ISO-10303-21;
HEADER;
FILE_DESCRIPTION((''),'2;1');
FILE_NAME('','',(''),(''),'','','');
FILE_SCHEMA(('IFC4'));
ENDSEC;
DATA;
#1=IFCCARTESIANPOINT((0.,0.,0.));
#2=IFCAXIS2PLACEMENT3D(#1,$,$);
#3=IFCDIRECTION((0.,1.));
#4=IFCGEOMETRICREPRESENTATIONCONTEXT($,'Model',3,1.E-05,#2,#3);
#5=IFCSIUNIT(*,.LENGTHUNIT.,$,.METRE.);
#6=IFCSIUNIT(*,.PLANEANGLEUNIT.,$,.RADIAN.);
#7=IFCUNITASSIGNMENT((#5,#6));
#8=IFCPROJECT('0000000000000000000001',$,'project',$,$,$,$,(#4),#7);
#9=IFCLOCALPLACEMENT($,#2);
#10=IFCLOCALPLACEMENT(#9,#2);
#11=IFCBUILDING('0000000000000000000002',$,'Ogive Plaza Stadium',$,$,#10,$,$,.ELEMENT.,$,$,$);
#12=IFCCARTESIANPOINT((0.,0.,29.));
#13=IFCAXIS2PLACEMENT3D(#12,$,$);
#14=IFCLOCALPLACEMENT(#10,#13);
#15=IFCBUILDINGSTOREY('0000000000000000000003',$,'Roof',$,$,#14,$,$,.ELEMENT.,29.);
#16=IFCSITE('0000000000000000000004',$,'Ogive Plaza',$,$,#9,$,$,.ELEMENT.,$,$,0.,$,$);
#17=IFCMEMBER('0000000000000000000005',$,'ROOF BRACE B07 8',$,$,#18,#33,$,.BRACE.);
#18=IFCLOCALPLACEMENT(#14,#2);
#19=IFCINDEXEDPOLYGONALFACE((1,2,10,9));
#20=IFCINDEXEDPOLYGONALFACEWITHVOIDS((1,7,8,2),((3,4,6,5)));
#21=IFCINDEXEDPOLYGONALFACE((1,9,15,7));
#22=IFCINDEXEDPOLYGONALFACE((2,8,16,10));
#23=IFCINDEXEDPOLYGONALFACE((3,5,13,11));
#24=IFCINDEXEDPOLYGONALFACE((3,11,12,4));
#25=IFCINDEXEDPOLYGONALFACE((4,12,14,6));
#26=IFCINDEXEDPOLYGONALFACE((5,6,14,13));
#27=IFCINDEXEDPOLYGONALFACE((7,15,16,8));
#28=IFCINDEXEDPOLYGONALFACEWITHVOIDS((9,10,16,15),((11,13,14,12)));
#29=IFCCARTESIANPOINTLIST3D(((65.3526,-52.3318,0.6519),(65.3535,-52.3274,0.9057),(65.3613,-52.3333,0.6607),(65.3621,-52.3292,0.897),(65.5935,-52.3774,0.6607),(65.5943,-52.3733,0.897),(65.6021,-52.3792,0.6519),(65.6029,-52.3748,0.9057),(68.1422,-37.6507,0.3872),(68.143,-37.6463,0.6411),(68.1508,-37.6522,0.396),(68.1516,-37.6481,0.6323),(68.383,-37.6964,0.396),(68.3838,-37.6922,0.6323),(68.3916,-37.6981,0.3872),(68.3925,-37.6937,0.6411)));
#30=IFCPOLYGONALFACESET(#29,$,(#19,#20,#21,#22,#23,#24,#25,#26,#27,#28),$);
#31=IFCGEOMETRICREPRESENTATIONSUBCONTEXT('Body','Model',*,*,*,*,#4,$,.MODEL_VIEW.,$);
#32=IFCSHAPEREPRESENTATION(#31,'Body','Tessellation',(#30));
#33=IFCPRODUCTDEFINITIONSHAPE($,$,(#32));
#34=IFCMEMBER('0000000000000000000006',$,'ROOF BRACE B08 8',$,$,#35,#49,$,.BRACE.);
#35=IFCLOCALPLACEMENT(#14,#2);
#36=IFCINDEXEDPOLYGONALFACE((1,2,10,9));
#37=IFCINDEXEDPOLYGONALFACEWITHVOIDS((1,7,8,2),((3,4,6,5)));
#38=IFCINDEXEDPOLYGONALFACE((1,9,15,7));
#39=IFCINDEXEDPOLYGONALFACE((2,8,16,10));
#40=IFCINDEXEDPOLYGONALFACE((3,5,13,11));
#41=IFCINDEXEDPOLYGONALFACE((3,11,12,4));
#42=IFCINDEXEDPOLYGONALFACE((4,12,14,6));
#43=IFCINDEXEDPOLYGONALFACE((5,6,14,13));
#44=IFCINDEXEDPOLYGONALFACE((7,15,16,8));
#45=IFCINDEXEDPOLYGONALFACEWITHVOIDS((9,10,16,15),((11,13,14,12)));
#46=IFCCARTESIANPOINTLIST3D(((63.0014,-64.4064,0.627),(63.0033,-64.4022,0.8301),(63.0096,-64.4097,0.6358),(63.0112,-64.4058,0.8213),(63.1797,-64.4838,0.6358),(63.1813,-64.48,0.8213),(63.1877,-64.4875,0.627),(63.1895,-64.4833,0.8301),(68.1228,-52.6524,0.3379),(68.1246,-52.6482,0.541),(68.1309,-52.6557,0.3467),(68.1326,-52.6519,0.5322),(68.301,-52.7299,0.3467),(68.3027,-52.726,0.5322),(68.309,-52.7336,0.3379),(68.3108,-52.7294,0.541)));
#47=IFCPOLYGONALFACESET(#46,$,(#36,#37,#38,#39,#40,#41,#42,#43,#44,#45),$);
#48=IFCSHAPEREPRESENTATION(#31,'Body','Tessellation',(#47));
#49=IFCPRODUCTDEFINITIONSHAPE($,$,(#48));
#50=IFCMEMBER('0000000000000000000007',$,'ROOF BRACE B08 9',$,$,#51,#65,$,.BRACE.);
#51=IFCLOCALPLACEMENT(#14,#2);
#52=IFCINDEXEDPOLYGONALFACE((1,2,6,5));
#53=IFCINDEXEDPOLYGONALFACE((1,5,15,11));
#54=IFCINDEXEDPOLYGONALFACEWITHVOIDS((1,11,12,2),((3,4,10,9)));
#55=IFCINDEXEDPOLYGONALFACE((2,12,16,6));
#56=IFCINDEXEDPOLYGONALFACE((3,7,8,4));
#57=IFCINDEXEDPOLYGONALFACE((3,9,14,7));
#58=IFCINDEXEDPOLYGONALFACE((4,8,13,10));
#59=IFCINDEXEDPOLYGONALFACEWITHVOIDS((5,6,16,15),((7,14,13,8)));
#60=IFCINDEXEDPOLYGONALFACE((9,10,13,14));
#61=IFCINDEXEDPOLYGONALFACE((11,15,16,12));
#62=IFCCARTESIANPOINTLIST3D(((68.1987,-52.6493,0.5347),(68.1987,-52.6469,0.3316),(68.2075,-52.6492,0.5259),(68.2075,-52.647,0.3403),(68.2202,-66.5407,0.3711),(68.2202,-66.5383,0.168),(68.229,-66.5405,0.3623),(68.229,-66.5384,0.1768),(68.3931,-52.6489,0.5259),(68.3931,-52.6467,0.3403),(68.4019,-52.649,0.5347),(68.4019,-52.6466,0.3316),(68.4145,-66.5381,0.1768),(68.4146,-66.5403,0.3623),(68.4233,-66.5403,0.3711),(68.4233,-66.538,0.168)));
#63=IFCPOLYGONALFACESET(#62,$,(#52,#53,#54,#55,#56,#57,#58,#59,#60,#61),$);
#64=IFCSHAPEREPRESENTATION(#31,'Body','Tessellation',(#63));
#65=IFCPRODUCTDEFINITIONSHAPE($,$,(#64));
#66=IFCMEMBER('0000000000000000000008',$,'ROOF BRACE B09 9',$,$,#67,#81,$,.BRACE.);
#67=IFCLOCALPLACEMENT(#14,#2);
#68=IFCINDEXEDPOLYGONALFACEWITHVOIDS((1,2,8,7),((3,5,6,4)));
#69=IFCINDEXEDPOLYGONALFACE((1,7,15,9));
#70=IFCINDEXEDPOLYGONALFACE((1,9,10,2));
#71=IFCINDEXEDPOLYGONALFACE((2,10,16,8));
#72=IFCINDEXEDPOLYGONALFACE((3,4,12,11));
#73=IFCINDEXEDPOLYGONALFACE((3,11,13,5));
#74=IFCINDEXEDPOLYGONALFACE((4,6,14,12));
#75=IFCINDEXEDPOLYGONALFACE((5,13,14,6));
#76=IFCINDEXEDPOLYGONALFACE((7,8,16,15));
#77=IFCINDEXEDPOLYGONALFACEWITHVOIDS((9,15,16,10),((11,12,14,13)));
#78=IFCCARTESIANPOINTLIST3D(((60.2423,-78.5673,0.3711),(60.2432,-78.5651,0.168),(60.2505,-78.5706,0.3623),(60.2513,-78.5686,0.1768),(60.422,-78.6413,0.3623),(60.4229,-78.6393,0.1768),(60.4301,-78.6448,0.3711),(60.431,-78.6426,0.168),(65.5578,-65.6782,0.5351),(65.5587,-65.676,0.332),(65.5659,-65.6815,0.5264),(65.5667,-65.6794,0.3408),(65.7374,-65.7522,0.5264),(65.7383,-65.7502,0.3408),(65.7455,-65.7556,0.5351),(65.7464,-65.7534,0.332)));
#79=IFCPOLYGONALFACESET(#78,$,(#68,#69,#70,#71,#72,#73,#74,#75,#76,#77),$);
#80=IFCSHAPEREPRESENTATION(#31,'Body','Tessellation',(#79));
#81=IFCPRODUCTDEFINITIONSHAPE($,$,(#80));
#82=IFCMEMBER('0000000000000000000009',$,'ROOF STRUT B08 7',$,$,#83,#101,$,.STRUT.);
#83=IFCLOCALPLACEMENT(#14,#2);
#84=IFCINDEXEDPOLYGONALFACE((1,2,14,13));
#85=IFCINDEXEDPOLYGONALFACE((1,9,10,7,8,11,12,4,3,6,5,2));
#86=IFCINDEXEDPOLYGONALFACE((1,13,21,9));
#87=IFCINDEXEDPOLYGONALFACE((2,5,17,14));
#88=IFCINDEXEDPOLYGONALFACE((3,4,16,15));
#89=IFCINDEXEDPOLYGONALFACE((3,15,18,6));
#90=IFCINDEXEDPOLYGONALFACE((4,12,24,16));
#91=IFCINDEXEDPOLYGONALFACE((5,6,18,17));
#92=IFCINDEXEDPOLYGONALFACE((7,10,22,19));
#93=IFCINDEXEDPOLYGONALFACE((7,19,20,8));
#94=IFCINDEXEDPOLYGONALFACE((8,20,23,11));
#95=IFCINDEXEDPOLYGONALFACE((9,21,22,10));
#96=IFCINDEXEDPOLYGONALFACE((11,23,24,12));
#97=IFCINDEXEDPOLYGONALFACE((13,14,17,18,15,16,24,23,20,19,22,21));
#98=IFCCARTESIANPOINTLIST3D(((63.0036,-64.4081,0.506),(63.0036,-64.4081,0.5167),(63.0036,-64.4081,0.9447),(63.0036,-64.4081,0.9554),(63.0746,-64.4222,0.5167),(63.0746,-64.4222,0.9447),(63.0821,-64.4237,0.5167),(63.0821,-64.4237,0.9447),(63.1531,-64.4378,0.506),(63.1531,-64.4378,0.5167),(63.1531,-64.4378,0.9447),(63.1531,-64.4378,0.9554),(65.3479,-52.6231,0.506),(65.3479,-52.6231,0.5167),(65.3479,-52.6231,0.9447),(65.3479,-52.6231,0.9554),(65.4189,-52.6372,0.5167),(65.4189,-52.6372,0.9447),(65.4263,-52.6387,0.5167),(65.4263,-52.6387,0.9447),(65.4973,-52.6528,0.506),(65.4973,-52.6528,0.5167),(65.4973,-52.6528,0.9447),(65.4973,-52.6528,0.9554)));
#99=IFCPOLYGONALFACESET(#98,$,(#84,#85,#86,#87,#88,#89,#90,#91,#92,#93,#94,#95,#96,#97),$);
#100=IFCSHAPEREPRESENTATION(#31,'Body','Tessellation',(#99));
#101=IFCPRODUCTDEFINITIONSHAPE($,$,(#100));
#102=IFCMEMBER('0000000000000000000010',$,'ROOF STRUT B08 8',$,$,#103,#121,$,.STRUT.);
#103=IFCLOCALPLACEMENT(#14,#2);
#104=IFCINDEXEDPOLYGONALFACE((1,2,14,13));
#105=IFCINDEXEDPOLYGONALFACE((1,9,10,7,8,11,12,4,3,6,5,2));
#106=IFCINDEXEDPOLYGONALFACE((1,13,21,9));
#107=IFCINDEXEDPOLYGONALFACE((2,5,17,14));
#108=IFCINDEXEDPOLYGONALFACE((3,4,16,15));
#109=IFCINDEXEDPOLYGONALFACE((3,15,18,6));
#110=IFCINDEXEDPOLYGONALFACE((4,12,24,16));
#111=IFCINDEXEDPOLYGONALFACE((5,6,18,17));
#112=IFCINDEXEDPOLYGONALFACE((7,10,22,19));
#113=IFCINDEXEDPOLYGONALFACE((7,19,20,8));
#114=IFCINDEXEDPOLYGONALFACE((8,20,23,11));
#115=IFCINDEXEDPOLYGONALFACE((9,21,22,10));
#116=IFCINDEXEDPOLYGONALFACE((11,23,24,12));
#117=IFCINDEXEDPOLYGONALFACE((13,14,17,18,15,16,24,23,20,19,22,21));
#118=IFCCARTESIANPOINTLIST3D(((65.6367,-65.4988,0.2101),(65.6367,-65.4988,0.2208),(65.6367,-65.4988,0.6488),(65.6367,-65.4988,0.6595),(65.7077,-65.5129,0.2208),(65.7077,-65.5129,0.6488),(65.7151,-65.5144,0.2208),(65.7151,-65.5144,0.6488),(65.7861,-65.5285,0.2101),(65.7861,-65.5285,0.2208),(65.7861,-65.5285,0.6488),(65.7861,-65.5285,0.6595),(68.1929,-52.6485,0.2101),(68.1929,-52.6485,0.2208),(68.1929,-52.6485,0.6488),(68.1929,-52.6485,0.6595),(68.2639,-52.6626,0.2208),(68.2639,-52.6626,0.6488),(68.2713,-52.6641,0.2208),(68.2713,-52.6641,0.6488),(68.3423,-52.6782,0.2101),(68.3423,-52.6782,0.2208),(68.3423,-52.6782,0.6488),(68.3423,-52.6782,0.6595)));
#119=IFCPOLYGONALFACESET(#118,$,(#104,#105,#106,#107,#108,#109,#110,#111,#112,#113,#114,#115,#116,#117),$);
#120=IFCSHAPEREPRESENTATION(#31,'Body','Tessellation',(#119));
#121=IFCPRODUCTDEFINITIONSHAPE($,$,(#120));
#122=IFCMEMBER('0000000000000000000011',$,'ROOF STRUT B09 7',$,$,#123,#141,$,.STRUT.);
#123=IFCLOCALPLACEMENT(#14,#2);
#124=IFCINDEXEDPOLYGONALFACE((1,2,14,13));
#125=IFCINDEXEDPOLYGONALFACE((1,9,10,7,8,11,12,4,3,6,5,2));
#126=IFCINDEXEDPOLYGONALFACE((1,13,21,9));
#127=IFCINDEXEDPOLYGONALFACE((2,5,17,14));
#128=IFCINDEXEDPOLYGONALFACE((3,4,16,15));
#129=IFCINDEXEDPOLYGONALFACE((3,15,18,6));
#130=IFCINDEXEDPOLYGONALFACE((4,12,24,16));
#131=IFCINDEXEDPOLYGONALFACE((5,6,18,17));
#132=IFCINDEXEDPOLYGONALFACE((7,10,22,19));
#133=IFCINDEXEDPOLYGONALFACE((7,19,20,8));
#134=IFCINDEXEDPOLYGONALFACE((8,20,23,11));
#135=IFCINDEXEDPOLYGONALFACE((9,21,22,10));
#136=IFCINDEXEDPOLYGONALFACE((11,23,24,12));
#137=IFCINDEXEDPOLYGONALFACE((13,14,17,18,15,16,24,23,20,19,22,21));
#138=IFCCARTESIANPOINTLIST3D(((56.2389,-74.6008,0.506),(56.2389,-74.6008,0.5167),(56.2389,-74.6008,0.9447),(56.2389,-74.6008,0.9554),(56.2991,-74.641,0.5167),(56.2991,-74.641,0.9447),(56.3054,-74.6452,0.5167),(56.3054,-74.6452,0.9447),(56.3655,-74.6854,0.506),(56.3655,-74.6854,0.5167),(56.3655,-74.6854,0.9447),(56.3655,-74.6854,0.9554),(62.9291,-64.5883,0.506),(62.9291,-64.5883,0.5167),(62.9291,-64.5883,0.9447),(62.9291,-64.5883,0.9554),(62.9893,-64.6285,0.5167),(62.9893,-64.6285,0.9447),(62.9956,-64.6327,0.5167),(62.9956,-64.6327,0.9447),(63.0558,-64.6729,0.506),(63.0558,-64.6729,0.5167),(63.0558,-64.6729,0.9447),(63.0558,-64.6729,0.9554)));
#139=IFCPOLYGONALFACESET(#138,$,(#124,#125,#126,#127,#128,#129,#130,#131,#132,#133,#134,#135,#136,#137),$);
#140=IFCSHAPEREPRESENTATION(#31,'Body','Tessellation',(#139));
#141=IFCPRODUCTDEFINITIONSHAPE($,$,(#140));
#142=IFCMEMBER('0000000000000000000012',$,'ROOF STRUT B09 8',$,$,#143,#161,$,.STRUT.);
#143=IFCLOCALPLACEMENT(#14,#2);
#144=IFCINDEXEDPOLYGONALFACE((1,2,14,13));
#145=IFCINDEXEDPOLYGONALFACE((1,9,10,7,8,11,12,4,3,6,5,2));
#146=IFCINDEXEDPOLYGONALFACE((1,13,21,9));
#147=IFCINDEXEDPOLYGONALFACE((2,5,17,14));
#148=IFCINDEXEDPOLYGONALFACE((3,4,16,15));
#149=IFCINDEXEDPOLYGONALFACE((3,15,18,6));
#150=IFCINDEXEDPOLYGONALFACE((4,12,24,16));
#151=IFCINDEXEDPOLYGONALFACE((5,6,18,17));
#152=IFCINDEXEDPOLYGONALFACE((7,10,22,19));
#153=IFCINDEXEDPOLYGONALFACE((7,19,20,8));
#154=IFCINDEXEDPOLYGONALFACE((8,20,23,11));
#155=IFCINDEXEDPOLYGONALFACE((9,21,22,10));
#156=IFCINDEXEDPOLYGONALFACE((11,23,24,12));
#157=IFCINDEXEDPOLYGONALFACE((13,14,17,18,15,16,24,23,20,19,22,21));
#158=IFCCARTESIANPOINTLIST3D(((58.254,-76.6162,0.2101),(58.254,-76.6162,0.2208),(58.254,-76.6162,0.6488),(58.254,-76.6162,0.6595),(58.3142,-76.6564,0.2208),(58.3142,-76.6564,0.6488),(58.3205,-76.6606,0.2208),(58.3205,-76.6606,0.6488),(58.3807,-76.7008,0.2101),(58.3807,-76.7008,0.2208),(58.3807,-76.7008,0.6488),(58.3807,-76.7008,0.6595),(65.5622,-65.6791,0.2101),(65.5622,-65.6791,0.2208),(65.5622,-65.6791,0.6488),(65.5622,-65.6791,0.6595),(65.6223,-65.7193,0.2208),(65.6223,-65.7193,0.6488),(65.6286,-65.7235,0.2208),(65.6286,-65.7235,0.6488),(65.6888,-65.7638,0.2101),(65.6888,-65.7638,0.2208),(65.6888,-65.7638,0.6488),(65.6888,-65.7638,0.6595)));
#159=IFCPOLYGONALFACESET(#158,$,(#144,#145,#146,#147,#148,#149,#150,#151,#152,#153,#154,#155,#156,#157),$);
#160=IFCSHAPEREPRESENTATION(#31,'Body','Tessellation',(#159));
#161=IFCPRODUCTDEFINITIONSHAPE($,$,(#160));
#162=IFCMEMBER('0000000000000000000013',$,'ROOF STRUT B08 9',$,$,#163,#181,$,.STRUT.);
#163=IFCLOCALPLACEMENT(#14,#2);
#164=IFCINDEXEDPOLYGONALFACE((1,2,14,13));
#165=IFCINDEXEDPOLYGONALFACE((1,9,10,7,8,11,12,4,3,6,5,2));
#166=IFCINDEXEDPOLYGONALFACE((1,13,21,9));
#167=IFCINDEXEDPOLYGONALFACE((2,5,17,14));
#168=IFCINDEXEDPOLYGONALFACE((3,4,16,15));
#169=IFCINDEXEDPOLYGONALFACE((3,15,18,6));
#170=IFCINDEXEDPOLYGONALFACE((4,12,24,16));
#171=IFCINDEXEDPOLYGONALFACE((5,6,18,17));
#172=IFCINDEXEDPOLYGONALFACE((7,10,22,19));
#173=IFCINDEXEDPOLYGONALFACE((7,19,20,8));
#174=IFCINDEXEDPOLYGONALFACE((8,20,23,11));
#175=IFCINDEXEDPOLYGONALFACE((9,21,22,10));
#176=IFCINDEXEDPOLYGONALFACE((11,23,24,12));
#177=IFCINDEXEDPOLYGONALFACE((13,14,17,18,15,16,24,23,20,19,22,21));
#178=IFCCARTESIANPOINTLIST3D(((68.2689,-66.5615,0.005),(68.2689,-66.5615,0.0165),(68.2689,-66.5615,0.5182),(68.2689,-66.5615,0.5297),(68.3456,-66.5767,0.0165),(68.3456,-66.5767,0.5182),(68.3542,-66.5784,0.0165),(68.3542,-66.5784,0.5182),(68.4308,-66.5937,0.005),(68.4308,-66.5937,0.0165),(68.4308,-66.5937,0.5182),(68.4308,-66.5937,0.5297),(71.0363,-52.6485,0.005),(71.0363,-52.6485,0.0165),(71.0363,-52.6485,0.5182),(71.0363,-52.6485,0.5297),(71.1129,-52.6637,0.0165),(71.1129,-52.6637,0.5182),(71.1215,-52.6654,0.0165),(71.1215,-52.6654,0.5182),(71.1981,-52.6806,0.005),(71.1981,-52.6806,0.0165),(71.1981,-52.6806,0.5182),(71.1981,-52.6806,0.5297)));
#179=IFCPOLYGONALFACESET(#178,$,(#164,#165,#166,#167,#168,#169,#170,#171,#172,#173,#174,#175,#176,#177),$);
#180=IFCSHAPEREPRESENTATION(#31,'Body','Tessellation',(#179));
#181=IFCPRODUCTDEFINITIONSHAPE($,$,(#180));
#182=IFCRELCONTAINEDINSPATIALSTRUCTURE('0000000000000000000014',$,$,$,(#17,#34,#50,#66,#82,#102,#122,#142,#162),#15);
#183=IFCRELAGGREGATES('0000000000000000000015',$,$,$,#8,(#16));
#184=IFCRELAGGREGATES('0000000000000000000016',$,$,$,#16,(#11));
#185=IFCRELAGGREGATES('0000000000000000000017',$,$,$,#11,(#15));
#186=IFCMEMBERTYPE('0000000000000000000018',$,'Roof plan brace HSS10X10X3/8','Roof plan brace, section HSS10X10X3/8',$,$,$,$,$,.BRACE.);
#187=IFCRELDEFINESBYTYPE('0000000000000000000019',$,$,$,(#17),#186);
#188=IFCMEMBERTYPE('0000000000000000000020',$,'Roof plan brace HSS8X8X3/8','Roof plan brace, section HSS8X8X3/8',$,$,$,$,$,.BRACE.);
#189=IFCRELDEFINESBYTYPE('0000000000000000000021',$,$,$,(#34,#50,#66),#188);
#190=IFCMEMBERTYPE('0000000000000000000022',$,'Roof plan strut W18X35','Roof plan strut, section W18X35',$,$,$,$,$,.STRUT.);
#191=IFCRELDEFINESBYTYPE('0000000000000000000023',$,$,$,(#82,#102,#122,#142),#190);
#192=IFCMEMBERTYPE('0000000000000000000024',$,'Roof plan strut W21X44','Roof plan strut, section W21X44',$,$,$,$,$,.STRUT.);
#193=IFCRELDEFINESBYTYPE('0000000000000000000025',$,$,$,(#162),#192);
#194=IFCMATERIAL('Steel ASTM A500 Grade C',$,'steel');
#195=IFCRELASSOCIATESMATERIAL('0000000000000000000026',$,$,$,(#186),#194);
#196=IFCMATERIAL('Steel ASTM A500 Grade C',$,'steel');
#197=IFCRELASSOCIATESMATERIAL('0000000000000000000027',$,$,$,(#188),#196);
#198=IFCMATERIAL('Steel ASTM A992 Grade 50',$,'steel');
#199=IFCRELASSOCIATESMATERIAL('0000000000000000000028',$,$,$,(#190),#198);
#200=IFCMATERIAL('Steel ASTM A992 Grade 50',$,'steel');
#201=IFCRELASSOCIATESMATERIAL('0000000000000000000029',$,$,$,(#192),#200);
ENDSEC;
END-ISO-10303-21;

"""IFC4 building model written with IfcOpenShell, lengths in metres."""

from ifc_helpers import new_model, si_unit, direction, frame, origin, origin_2d, place, context, subcontext, project, spatial, hollow_rectangle, i_section, extrude, material, material_profile, profile_set, type_object, element, save


model = new_model("IFC4")

# Units and contexts
model_context = context("Model", 3, precision=1e-05, world=origin(), true_north=direction((0.0, 1.0)))
body_context = subcontext(model_context, "Body", "Model", "MODEL_VIEW")
ifc_project = project(units=[si_unit("LENGTHUNIT", "METRE"), si_unit("PLANEANGLEUNIT", "RADIAN")], contexts=[model_context])

# Site, building, storey
site_placement = place(None, origin())
site = spatial("IfcSite", under=ifc_project, at=site_placement, Name="Ogive Plaza", CompositionType="ELEMENT", RefElevation=0.0)
building_placement = place(site_placement, origin())
building = spatial("IfcBuilding", under=site, at=building_placement, Name="Ogive Plaza Stadium", CompositionType="ELEMENT")
storey_placement = place(building_placement, frame((0.0, 0.0, 29.0)))
storey = spatial("IfcBuildingStorey", under=building, at=storey_placement, Name="Roof", CompositionType="ELEMENT", Elevation=29.0)

# Members
ifc_material_1 = material(Name="Steel ASTM A500 Grade C", Category="steel")
ifc_material_profile_1 = material_profile(ifc_material_1, hollow_rectangle(XDim=0.2539, YDim=0.2539, WallThickness=0.0088, at=origin_2d()), Name="HSS10X10X3/8")
ifc_profile_set_1 = profile_set([ifc_material_profile_1], Name="Steel ASTM A500 Grade C")
member_type_1 = type_object("IfcMemberType", Name="Roof plan brace HSS10X10X3/8", Description="Roof plan brace, section HSS10X10X3/8", PredefinedType="BRACE", material=ifc_profile_set_1)
member_1_placement = place(storey_placement, frame((65.4778, -52.3533, 0.7788), z_axis=(0.18664, 0.982269, -0.017707), x_axis=(-0.982423, 0.186669, 0.0)))
element("IfcMember", 1, at=member_1_placement, inside=storey, type_object=member_type_1, Name="ROOF BRACE B07 8", PredefinedType="BRACE", context=body_context, shape_type="SweptSolid", body=[
    extrude(hollow_rectangle(XDim=0.2539, YDim=0.2539, WallThickness=0.0088, at=origin_2d()), origin(), (0.0, 0.0, 1.0), 14.946),
])
ifc_material_2 = material(Name="Steel ASTM A500 Grade C", Category="steel")
ifc_material_profile_2 = material_profile(ifc_material_2, hollow_rectangle(XDim=0.2031, YDim=0.2031, WallThickness=0.0088, at=origin_2d()), Name="HSS8X8X3/8")
ifc_profile_set_2 = profile_set([ifc_material_profile_2], Name="Steel ASTM A500 Grade C")
member_type_2 = type_object("IfcMemberType", Name="Roof plan brace HSS8X8X3/8", Description="Roof plan brace, section HSS8X8X3/8", PredefinedType="BRACE", material=ifc_profile_set_2)
member_2_placement = place(storey_placement, frame((63.0955, -64.4448, 0.7285), z_axis=(0.399342, 0.916525, -0.02254), x_axis=(-0.916758, 0.399444, 0.0)))
element("IfcMember", 2, at=member_2_placement, inside=storey, type_object=member_type_2, Name="ROOF BRACE B08 8", PredefinedType="BRACE", context=body_context, shape_type="SweptSolid", body=[
    extrude(hollow_rectangle(XDim=0.2031, YDim=0.2031, WallThickness=0.0088, at=origin_2d()), origin(), (0.0, 0.0, 1.0), 12.8245),
])
member_3_placement = place(storey_placement, frame((68.3003, -52.6479, 0.4331), z_axis=(0.001546, -0.999929, -0.011774), x_axis=(0.999999, 0.001547, 0.0)))
element("IfcMember", 3, at=member_3_placement, inside=storey, type_object=member_type_2, Name="ROOF BRACE B08 9", PredefinedType="BRACE", context=body_context, shape_type="SweptSolid", body=[
    extrude(hollow_rectangle(XDim=0.2031, YDim=0.2031, WallThickness=0.0088, at=origin_2d()), origin(), (0.0, 0.0, 1.0), 13.8923),
])
member_4_placement = place(storey_placement, frame((65.6521, -65.7158, 0.4336), z_axis=(-0.381222, -0.924409, -0.011767), x_axis=(0.924473, -0.381248, 0.0)))
element("IfcMember", 4, at=member_4_placement, inside=storey, type_object=member_type_2, Name="ROOF BRACE B09 9", PredefinedType="BRACE", context=body_context, shape_type="SweptSolid", body=[
    extrude(hollow_rectangle(XDim=0.2031, YDim=0.2031, WallThickness=0.0088, at=origin_2d()), origin(), (0.0, 0.0, 1.0), 13.9431),
])
ifc_material_3 = material(Name="Steel ASTM A992 Grade 50", Category="steel")
ifc_material_profile_3 = material_profile(ifc_material_3, i_section(OverallWidth=0.1523, OverallDepth=0.4495, WebThickness=0.0076, FlangeThickness=0.0107, at=origin_2d()), Name="W18X35")
ifc_profile_set_3 = profile_set([ifc_material_profile_3], Name="Steel ASTM A992 Grade 50")
member_type_3 = type_object("IfcMemberType", Name="Roof plan strut W18X35", Description="Roof plan strut, section W18X35", PredefinedType="STRUT", material=ifc_profile_set_3)
member_5_placement = place(storey_placement, frame((65.4226, -52.6379, 0.7307), z_axis=(-0.195096, -0.980784, 0.0), x_axis=(0.980784, -0.195096, 0.0)))
element("IfcMember", 5, at=member_5_placement, inside=storey, type_object=member_type_3, Name="ROOF STRUT B08 7", PredefinedType="STRUT", context=body_context, shape_type="SweptSolid", body=[
    extrude(i_section(OverallWidth=0.1523, OverallDepth=0.4495, WebThickness=0.0076, FlangeThickness=0.0107, at=origin_2d()), origin(), (0.0, 0.0, 1.0), 12.0159),
])
member_6_placement = place(storey_placement, frame((68.2676, -52.6633, 0.4348), z_axis=(-0.195095, -0.980784, 0.0), x_axis=(0.980784, -0.195095, 0.0)))
element("IfcMember", 6, at=member_6_placement, inside=storey, type_object=member_type_3, Name="ROOF STRUT B08 8", PredefinedType="STRUT", context=body_context, shape_type="SweptSolid", body=[
    extrude(i_section(OverallWidth=0.1523, OverallDepth=0.4495, WebThickness=0.0076, FlangeThickness=0.0107, at=origin_2d()), origin(), (0.0, 0.0, 1.0), 13.1021),
])
member_7_placement = place(storey_placement, frame((62.9924, -64.6306, 0.7307), z_axis=(-0.555575, -0.831467, 0.0), x_axis=(0.831467, -0.555575, 0.0)))
element("IfcMember", 7, at=member_7_placement, inside=storey, type_object=member_type_3, Name="ROOF STRUT B09 7", PredefinedType="STRUT", context=body_context, shape_type="SweptSolid", body=[
    extrude(i_section(OverallWidth=0.1523, OverallDepth=0.4495, WebThickness=0.0076, FlangeThickness=0.0107, at=origin_2d()), origin(), (0.0, 0.0, 1.0), 12.042),
])
member_8_placement = place(storey_placement, frame((65.6255, -65.7214, 0.4348), z_axis=(-0.555582, -0.831462, 0.0), x_axis=(0.831462, -0.555582, 0.0)))
element("IfcMember", 8, at=member_8_placement, inside=storey, type_object=member_type_3, Name="ROOF STRUT B09 8", PredefinedType="STRUT", context=body_context, shape_type="SweptSolid", body=[
    extrude(i_section(OverallWidth=0.1523, OverallDepth=0.4495, WebThickness=0.0076, FlangeThickness=0.0107, at=origin_2d()), origin(), (0.0, 0.0, 1.0), 13.1541),
])
ifc_material_4 = material(Name="Steel ASTM A992 Grade 50", Category="steel")
ifc_material_profile_4 = material_profile(ifc_material_4, i_section(OverallWidth=0.165, OverallDepth=0.5247, WebThickness=0.0088, FlangeThickness=0.0115, at=origin_2d()), Name="W21X44")
ifc_profile_set_4 = profile_set([ifc_material_profile_4], Name="Steel ASTM A992 Grade 50")
member_type_4 = type_object("IfcMemberType", Name="Roof plan strut W21X44", Description="Roof plan strut, section W21X44", PredefinedType="STRUT", material=ifc_profile_set_4)
member_9_placement = place(storey_placement, frame((71.1172, -52.6646, 0.2673), z_axis=(-0.19508, -0.980787, 0.0), x_axis=(0.980787, -0.19508, 0.0)))
element("IfcMember", 9, at=member_9_placement, inside=storey, type_object=member_type_4, Name="ROOF STRUT B08 9", PredefinedType="STRUT", context=body_context, shape_type="SweptSolid", body=[
    extrude(i_section(OverallWidth=0.165, OverallDepth=0.5247, WebThickness=0.0088, FlangeThickness=0.0115, at=origin_2d()), origin(), (0.0, 0.0, 1.0), 14.1855),
])

save(model, "model.ifc")
